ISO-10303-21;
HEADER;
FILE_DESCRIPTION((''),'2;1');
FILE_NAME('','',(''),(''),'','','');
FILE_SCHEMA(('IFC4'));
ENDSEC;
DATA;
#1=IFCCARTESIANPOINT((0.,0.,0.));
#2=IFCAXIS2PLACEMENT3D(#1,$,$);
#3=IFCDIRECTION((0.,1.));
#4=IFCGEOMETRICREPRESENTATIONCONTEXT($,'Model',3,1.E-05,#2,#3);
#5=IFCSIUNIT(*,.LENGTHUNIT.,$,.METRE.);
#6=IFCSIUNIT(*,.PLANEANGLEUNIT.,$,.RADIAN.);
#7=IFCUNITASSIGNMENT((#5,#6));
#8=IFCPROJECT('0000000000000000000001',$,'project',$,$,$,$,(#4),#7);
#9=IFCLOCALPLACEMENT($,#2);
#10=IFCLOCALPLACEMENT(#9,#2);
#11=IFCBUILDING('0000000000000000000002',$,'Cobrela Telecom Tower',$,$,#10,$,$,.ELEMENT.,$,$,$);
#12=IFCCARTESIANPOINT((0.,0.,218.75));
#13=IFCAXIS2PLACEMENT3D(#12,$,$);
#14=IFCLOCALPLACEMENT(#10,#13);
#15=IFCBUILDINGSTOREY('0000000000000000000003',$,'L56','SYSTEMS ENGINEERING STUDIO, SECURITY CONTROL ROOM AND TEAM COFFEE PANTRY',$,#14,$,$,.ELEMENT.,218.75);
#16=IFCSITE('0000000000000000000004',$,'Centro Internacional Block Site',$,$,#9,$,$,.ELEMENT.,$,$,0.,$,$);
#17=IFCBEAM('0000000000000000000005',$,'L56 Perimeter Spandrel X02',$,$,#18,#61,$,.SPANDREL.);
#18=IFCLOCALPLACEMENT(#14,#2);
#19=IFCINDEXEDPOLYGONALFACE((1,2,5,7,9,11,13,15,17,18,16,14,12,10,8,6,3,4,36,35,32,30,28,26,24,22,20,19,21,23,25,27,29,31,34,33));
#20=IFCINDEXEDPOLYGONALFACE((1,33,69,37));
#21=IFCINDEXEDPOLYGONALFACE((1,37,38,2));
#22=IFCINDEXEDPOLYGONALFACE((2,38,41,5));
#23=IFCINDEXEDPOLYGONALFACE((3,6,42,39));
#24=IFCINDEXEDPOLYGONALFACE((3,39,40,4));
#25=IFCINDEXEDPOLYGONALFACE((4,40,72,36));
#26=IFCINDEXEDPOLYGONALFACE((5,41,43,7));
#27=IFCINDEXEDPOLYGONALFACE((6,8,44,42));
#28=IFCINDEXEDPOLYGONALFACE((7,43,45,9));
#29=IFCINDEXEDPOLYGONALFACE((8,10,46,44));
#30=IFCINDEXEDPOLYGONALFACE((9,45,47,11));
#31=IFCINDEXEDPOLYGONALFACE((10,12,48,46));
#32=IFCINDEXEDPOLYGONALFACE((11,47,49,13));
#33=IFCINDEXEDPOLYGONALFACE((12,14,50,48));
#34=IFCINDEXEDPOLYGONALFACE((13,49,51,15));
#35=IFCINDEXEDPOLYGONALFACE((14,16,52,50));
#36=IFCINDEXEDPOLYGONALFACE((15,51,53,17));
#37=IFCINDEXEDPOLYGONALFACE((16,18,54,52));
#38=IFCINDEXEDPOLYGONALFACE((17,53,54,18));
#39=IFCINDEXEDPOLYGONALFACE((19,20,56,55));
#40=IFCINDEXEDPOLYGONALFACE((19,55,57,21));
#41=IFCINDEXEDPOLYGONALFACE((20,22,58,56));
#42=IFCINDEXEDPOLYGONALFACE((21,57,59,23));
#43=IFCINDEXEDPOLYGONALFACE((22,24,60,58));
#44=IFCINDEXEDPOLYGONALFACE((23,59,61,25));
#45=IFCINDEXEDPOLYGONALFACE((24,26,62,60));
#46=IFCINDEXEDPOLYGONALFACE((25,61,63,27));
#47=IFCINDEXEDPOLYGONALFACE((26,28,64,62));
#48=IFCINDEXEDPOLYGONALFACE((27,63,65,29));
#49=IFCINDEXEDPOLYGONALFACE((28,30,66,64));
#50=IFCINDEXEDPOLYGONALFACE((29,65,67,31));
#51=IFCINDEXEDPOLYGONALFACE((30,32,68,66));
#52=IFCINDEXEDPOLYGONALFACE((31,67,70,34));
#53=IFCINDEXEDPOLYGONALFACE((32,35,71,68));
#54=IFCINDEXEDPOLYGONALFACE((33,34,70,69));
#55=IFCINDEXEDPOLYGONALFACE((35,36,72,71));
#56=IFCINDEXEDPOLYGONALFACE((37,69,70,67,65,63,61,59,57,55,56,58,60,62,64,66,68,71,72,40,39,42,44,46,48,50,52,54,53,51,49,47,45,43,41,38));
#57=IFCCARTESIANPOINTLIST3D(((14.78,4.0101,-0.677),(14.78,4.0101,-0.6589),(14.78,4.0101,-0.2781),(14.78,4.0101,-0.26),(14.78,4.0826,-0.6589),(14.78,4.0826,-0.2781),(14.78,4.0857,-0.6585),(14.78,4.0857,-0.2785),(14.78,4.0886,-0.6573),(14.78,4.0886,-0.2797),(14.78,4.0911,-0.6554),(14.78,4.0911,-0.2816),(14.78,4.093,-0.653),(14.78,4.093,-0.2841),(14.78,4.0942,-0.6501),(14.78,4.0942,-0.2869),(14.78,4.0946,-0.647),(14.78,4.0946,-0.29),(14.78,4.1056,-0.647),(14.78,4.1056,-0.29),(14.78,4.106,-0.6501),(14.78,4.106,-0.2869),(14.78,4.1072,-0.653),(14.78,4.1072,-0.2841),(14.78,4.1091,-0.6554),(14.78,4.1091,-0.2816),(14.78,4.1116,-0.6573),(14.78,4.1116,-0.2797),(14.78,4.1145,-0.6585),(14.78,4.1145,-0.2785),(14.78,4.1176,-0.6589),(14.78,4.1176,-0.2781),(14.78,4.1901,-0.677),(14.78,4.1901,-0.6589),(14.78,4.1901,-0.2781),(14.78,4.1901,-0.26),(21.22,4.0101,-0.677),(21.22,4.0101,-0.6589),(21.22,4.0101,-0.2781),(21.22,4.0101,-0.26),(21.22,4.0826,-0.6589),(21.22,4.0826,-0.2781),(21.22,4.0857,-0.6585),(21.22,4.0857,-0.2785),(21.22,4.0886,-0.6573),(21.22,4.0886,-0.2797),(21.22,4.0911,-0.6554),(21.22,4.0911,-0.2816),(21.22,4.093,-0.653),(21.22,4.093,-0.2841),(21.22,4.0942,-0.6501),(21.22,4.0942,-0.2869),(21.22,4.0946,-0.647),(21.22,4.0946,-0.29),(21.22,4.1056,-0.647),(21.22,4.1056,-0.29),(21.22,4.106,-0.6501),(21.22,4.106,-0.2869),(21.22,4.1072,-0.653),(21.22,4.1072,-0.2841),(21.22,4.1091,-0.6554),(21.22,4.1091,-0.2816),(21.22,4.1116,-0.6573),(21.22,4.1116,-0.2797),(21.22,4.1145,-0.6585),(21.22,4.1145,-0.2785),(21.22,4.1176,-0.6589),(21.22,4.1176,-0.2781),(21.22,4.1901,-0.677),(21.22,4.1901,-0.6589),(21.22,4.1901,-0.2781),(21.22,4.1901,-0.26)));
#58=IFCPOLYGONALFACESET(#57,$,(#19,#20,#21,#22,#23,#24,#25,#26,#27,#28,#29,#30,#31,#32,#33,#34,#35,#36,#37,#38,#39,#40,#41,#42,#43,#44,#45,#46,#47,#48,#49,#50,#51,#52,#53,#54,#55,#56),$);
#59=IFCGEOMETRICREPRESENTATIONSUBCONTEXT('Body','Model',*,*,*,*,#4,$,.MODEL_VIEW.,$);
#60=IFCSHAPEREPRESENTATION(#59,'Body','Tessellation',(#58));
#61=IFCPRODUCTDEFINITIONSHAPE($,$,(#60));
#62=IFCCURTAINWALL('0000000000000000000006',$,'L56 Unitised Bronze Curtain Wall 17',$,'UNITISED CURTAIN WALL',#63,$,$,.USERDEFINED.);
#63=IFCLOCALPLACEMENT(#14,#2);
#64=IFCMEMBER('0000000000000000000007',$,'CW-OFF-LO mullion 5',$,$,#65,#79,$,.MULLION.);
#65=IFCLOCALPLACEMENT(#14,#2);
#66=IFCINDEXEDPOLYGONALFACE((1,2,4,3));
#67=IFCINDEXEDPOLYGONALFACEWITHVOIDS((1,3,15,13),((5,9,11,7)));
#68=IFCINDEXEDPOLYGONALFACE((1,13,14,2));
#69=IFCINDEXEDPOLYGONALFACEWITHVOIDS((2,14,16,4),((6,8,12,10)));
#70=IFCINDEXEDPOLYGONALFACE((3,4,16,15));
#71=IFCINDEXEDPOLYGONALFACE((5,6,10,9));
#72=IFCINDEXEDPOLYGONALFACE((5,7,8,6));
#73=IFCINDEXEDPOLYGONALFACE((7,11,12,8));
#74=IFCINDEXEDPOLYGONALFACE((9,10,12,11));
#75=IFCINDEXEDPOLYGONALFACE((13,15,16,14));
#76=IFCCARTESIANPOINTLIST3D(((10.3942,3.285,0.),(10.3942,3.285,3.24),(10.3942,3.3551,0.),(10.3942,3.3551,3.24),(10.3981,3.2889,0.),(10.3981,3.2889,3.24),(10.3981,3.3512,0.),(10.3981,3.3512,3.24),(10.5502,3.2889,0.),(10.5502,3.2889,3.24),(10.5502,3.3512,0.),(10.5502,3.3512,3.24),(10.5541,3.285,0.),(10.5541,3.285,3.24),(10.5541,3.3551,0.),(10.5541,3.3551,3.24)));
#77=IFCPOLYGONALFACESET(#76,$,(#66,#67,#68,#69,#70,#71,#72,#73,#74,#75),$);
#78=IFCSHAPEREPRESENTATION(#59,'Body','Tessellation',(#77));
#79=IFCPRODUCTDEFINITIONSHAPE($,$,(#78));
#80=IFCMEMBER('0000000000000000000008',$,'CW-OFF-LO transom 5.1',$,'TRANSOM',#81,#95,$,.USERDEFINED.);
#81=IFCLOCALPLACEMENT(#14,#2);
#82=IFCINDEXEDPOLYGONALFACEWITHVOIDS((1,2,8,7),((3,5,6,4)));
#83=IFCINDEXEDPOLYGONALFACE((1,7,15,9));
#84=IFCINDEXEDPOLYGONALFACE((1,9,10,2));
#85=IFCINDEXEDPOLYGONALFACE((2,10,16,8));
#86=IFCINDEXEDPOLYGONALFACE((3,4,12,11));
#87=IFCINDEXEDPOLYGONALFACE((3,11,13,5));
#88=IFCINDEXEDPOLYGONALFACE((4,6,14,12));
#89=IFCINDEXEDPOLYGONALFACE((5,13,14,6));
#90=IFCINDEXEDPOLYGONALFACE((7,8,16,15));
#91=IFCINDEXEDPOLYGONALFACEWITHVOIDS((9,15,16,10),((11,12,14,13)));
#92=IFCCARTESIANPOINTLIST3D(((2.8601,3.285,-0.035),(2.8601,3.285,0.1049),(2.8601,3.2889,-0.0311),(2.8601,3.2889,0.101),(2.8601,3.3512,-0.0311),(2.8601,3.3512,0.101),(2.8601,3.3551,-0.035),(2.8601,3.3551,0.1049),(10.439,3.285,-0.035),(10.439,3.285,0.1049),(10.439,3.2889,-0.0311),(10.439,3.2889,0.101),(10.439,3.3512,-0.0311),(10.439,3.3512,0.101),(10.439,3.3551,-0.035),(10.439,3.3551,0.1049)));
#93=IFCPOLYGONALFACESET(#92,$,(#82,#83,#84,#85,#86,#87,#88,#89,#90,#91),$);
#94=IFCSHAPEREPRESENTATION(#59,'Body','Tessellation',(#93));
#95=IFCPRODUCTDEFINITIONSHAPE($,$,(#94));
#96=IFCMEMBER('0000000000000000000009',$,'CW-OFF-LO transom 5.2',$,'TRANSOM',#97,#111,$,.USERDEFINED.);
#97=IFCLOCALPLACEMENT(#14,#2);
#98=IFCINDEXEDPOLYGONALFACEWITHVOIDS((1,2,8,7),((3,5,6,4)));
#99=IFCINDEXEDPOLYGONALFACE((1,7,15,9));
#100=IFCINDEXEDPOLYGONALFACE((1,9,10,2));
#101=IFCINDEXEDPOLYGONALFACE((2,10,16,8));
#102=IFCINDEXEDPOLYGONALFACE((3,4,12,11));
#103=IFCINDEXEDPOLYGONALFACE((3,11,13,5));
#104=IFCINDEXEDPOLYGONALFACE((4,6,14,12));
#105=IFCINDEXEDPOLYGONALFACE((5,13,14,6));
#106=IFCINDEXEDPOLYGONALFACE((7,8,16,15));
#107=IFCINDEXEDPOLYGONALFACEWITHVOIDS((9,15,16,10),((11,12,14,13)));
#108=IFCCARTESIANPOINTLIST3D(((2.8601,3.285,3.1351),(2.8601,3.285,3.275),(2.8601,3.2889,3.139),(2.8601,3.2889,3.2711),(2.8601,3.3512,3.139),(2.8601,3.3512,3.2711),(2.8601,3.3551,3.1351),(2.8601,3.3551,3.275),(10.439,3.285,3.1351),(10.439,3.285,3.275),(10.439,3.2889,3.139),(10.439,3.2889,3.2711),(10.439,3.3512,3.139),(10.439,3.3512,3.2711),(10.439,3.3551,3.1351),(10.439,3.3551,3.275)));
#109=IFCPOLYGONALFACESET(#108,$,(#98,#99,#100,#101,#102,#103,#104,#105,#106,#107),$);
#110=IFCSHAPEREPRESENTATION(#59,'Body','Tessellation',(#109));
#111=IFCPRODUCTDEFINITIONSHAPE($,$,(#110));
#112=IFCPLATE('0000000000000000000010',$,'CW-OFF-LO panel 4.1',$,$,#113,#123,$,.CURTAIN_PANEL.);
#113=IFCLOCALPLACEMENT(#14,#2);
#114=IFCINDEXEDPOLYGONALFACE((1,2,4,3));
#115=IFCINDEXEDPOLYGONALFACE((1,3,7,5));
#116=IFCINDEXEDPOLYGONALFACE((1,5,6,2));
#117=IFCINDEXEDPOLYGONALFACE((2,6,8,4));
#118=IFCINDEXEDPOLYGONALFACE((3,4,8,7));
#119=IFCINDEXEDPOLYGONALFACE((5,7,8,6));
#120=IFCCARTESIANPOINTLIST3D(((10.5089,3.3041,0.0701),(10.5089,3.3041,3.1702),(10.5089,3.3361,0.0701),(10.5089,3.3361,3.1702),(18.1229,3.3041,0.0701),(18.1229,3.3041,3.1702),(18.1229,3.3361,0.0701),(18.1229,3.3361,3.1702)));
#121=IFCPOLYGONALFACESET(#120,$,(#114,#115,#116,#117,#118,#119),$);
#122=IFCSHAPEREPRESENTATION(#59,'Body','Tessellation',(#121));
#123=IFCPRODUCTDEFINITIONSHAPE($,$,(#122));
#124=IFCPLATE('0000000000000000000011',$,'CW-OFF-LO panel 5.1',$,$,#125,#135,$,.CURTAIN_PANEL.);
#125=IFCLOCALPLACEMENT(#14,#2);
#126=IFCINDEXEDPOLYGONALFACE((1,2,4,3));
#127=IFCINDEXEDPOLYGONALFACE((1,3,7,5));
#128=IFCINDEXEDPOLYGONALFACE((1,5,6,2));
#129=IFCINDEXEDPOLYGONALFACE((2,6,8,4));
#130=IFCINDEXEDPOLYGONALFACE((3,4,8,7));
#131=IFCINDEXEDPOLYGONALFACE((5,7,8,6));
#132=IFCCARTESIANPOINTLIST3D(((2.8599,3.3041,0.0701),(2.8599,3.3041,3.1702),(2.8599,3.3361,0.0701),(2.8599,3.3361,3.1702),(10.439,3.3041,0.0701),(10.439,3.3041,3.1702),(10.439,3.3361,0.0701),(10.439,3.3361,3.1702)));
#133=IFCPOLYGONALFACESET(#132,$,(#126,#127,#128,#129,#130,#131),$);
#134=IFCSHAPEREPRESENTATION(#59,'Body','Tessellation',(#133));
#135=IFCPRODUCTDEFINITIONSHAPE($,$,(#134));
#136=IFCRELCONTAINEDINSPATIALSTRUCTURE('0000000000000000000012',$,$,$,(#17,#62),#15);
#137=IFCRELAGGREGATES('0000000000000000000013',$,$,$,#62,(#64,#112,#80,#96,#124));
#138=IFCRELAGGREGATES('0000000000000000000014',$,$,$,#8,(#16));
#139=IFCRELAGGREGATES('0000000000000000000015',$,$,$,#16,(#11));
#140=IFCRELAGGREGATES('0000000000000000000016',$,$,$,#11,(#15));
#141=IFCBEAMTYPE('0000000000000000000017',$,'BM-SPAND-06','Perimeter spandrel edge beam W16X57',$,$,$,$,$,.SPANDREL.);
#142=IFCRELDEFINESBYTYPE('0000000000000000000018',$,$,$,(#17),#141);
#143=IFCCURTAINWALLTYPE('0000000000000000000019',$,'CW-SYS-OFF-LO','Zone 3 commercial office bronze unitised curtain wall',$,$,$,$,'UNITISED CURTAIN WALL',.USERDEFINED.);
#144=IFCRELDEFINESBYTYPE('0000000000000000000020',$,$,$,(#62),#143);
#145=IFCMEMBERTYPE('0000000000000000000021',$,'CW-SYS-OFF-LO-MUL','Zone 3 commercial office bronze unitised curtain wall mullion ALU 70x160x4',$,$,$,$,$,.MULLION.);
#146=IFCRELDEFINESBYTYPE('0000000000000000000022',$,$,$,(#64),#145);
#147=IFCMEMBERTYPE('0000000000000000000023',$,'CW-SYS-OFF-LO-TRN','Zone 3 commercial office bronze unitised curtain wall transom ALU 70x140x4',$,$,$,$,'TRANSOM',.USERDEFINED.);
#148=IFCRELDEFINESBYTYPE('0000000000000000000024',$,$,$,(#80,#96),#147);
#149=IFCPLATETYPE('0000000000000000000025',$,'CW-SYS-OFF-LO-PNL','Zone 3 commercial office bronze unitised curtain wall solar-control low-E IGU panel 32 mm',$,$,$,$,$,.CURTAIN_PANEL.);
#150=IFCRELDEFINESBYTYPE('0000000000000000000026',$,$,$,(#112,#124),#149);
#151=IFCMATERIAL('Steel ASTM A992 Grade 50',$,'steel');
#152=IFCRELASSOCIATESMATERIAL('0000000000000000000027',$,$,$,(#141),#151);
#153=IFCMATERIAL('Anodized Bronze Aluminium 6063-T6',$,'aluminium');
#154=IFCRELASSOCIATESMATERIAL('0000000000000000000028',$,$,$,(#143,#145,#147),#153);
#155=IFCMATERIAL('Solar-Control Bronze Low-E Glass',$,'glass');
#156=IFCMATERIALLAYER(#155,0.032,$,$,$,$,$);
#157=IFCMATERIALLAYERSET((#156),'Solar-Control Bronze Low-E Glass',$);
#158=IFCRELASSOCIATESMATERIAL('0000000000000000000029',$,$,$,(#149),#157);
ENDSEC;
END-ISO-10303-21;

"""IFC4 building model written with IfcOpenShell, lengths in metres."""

from ifc_helpers import new_model, si_unit, direction, frame, origin, origin_2d, place, context, subcontext, project, spatial, rectangle, hollow_rectangle, i_section, extrude, material, layer, layer_set, material_profile, profile_set, type_object, element, aggregate, save


model = new_model("IFC4")

# Units and contexts
model_context = context("Model", 3, precision=1e-05, world=origin(), true_north=direction((0.0, 1.0)))
body_context = subcontext(model_context, "Body", "Model", "MODEL_VIEW")
ifc_project = project(units=[si_unit("LENGTHUNIT", "METRE"), si_unit("PLANEANGLEUNIT", "RADIAN")], contexts=[model_context])

# Site, building, storey
site_placement = place(None, origin())
site = spatial("IfcSite", under=ifc_project, at=site_placement, Name="Centro Internacional Block Site", CompositionType="ELEMENT", RefElevation=0.0)
building_placement = place(site_placement, origin())
building = spatial("IfcBuilding", under=site, at=building_placement, Name="Cobrela Telecom Tower", CompositionType="ELEMENT")
storey_placement = place(building_placement, frame((0.0, 0.0, 218.75)))
storey = spatial("IfcBuildingStorey", under=building, at=storey_placement, Name="L56", Description="SYSTEMS ENGINEERING STUDIO, SECURITY CONTROL ROOM AND TEAM COFFEE PANTRY", CompositionType="ELEMENT", Elevation=218.75)

# Beam
ifc_material_1 = material(Name="Steel ASTM A992 Grade 50", Category="steel")
ifc_material_profile_1 = material_profile(ifc_material_1, i_section(OverallWidth=0.1799, OverallDepth=0.417, WebThickness=0.011, FlangeThickness=0.0181, FilletRadius=0.012, at=origin_2d()), Name="W16X57")
ifc_profile_set_1 = profile_set([ifc_material_profile_1], Name="Steel ASTM A992 Grade 50")
beam_type_1 = type_object("IfcBeamType", Name="BM-SPAND-06", Description="Perimeter spandrel edge beam W16X57", PredefinedType="SPANDREL", material=ifc_profile_set_1)
for number, where, z_axis, x_axis, name in (
    (1, (14.78, 4.1001, -0.4685), (1.0, 0.0, 0.0), (0.0, 1.0, 0.0), "L56 Perimeter Spandrel X02"),
):
    element("IfcBeam", number, at=place(storey_placement, frame(where, z_axis=z_axis, x_axis=x_axis)), inside=storey, type_object=beam_type_1, Name=name, PredefinedType="SPANDREL", context=body_context, shape_type="SweptSolid", body=[
        extrude(i_section(OverallWidth=0.1799, OverallDepth=0.417, WebThickness=0.011, FlangeThickness=0.0181, FilletRadius=0.012, at=origin_2d()), origin(), (0.0, 0.0, 1.0), 6.4399),
    ])

# Curtain wall, members, plates
ifc_material_2 = material(Name="Anodized Bronze Aluminium 6063-T6", Category="aluminium")
curtain_wall_type = type_object("IfcCurtainWallType", Name="CW-SYS-OFF-LO", Description="Zone 3 commercial office bronze unitised curtain wall", ElementType="UNITISED CURTAIN WALL", PredefinedType="USERDEFINED", material=ifc_material_2)
curtain_wall_placement = place(storey_placement, origin())
curtain_wall = element("IfcCurtainWall", 2, at=curtain_wall_placement, inside=storey, type_object=curtain_wall_type, Name="L56 Unitised Bronze Curtain Wall 17", ObjectType="UNITISED CURTAIN WALL", PredefinedType="USERDEFINED")
ifc_material_profile_2 = material_profile(ifc_material_2, hollow_rectangle(XDim=0.0701, YDim=0.1599, WallThickness=0.0039, at=origin_2d()), Name="ALU 70x160x4")
ifc_profile_set_2 = profile_set([ifc_material_profile_2], Name="Anodized Bronze Aluminium 6063-T6")
member_type_1 = type_object("IfcMemberType", Name="CW-SYS-OFF-LO-MUL", Description="Zone 3 commercial office bronze unitised curtain wall mullion ALU 70x160x4", PredefinedType="MULLION", material=ifc_profile_set_2)
member_1_placement = place(storey_placement, frame((10.4741, 3.3201, 0.0), z_axis=(0.0, 0.0, 1.0), x_axis=(0.0, -1.0, 0.0)))
member_1 = element("IfcMember", 3, at=member_1_placement, type_object=member_type_1, Name="CW-OFF-LO mullion 5", PredefinedType="MULLION", context=body_context, shape_type="SweptSolid", body=[
    extrude(hollow_rectangle(XDim=0.0701, YDim=0.1599, WallThickness=0.0039, at=origin_2d()), origin(), (0.0, 0.0, 1.0), 3.24),
])
ifc_material_profile_3 = material_profile(ifc_material_2, hollow_rectangle(XDim=0.0701, YDim=0.1399, WallThickness=0.0039, at=origin_2d()), Name="ALU 70x140x4")
ifc_profile_set_3 = profile_set([ifc_material_profile_3], Name="Anodized Bronze Aluminium 6063-T6")
member_type_2 = type_object("IfcMemberType", Name="CW-SYS-OFF-LO-TRN", Description="Zone 3 commercial office bronze unitised curtain wall transom ALU 70x140x4", ElementType="TRANSOM", PredefinedType="USERDEFINED", material=ifc_profile_set_3)
member_2_placement = place(storey_placement, frame((10.439, 3.3201, 0.0349), z_axis=(-1.0, 0.0, 0.0), x_axis=(0.0, -1.0, 0.0)))
member_2 = element("IfcMember", 4, at=member_2_placement, type_object=member_type_2, Name="CW-OFF-LO transom 5.1", ObjectType="TRANSOM", PredefinedType="USERDEFINED", context=body_context, shape_type="SweptSolid", body=[
    extrude(hollow_rectangle(XDim=0.0701, YDim=0.1399, WallThickness=0.0039, at=origin_2d()), origin(), (0.0, 0.0, 1.0), 7.5789),
])
member_3_placement = place(storey_placement, frame((10.439, 3.3201, 3.2051), z_axis=(-1.0, 0.0, 0.0), x_axis=(0.0, -1.0, 0.0)))
member_3 = element("IfcMember", 5, at=member_3_placement, type_object=member_type_2, Name="CW-OFF-LO transom 5.2", ObjectType="TRANSOM", PredefinedType="USERDEFINED", context=body_context, shape_type="SweptSolid", body=[
    extrude(hollow_rectangle(XDim=0.0701, YDim=0.1399, WallThickness=0.0039, at=origin_2d()), origin(), (0.0, 0.0, 1.0), 7.5789),
])
ifc_material_3 = material(Name="Solar-Control Bronze Low-E Glass", Category="glass")
ifc_layer_1 = layer(ifc_material_3, 0.032)
ifc_layer_set_1 = layer_set([ifc_layer_1], Name="Solar-Control Bronze Low-E Glass")
plate_type = type_object("IfcPlateType", Name="CW-SYS-OFF-LO-PNL", Description="Zone 3 commercial office bronze unitised curtain wall solar-control low-E IGU panel 32 mm", PredefinedType="CURTAIN_PANEL", material=ifc_layer_set_1)
plate_1_placement = place(storey_placement, frame((14.3159, 3.3201, 0.0701), z_axis=(0.0, 0.0, 1.0), x_axis=(-1.0, 0.0, 0.0)))
plate_1 = element("IfcPlate", 6, at=plate_1_placement, type_object=plate_type, Name="CW-OFF-LO panel 4.1", PredefinedType="CURTAIN_PANEL", context=body_context, shape_type="SweptSolid", body=[
    extrude(rectangle(XDim=7.614, YDim=0.032, at=origin_2d()), origin(), (0.0, 0.0, 1.0), 3.1001),
])
plate_2_placement = place(storey_placement, frame((6.6494, 3.3201, 0.0701), z_axis=(0.0, 0.0, 1.0), x_axis=(-1.0, 0.0, 0.0)))
plate_2 = element("IfcPlate", 7, at=plate_2_placement, type_object=plate_type, Name="CW-OFF-LO panel 5.1", PredefinedType="CURTAIN_PANEL", context=body_context, shape_type="SweptSolid", body=[
    extrude(rectangle(XDim=7.5791, YDim=0.032, at=origin_2d()), origin(), (0.0, 0.0, 1.0), 3.1001),
])
aggregate(curtain_wall, [member_1, plate_1, member_2, member_3, plate_2])

save(model, "model.ifc")
